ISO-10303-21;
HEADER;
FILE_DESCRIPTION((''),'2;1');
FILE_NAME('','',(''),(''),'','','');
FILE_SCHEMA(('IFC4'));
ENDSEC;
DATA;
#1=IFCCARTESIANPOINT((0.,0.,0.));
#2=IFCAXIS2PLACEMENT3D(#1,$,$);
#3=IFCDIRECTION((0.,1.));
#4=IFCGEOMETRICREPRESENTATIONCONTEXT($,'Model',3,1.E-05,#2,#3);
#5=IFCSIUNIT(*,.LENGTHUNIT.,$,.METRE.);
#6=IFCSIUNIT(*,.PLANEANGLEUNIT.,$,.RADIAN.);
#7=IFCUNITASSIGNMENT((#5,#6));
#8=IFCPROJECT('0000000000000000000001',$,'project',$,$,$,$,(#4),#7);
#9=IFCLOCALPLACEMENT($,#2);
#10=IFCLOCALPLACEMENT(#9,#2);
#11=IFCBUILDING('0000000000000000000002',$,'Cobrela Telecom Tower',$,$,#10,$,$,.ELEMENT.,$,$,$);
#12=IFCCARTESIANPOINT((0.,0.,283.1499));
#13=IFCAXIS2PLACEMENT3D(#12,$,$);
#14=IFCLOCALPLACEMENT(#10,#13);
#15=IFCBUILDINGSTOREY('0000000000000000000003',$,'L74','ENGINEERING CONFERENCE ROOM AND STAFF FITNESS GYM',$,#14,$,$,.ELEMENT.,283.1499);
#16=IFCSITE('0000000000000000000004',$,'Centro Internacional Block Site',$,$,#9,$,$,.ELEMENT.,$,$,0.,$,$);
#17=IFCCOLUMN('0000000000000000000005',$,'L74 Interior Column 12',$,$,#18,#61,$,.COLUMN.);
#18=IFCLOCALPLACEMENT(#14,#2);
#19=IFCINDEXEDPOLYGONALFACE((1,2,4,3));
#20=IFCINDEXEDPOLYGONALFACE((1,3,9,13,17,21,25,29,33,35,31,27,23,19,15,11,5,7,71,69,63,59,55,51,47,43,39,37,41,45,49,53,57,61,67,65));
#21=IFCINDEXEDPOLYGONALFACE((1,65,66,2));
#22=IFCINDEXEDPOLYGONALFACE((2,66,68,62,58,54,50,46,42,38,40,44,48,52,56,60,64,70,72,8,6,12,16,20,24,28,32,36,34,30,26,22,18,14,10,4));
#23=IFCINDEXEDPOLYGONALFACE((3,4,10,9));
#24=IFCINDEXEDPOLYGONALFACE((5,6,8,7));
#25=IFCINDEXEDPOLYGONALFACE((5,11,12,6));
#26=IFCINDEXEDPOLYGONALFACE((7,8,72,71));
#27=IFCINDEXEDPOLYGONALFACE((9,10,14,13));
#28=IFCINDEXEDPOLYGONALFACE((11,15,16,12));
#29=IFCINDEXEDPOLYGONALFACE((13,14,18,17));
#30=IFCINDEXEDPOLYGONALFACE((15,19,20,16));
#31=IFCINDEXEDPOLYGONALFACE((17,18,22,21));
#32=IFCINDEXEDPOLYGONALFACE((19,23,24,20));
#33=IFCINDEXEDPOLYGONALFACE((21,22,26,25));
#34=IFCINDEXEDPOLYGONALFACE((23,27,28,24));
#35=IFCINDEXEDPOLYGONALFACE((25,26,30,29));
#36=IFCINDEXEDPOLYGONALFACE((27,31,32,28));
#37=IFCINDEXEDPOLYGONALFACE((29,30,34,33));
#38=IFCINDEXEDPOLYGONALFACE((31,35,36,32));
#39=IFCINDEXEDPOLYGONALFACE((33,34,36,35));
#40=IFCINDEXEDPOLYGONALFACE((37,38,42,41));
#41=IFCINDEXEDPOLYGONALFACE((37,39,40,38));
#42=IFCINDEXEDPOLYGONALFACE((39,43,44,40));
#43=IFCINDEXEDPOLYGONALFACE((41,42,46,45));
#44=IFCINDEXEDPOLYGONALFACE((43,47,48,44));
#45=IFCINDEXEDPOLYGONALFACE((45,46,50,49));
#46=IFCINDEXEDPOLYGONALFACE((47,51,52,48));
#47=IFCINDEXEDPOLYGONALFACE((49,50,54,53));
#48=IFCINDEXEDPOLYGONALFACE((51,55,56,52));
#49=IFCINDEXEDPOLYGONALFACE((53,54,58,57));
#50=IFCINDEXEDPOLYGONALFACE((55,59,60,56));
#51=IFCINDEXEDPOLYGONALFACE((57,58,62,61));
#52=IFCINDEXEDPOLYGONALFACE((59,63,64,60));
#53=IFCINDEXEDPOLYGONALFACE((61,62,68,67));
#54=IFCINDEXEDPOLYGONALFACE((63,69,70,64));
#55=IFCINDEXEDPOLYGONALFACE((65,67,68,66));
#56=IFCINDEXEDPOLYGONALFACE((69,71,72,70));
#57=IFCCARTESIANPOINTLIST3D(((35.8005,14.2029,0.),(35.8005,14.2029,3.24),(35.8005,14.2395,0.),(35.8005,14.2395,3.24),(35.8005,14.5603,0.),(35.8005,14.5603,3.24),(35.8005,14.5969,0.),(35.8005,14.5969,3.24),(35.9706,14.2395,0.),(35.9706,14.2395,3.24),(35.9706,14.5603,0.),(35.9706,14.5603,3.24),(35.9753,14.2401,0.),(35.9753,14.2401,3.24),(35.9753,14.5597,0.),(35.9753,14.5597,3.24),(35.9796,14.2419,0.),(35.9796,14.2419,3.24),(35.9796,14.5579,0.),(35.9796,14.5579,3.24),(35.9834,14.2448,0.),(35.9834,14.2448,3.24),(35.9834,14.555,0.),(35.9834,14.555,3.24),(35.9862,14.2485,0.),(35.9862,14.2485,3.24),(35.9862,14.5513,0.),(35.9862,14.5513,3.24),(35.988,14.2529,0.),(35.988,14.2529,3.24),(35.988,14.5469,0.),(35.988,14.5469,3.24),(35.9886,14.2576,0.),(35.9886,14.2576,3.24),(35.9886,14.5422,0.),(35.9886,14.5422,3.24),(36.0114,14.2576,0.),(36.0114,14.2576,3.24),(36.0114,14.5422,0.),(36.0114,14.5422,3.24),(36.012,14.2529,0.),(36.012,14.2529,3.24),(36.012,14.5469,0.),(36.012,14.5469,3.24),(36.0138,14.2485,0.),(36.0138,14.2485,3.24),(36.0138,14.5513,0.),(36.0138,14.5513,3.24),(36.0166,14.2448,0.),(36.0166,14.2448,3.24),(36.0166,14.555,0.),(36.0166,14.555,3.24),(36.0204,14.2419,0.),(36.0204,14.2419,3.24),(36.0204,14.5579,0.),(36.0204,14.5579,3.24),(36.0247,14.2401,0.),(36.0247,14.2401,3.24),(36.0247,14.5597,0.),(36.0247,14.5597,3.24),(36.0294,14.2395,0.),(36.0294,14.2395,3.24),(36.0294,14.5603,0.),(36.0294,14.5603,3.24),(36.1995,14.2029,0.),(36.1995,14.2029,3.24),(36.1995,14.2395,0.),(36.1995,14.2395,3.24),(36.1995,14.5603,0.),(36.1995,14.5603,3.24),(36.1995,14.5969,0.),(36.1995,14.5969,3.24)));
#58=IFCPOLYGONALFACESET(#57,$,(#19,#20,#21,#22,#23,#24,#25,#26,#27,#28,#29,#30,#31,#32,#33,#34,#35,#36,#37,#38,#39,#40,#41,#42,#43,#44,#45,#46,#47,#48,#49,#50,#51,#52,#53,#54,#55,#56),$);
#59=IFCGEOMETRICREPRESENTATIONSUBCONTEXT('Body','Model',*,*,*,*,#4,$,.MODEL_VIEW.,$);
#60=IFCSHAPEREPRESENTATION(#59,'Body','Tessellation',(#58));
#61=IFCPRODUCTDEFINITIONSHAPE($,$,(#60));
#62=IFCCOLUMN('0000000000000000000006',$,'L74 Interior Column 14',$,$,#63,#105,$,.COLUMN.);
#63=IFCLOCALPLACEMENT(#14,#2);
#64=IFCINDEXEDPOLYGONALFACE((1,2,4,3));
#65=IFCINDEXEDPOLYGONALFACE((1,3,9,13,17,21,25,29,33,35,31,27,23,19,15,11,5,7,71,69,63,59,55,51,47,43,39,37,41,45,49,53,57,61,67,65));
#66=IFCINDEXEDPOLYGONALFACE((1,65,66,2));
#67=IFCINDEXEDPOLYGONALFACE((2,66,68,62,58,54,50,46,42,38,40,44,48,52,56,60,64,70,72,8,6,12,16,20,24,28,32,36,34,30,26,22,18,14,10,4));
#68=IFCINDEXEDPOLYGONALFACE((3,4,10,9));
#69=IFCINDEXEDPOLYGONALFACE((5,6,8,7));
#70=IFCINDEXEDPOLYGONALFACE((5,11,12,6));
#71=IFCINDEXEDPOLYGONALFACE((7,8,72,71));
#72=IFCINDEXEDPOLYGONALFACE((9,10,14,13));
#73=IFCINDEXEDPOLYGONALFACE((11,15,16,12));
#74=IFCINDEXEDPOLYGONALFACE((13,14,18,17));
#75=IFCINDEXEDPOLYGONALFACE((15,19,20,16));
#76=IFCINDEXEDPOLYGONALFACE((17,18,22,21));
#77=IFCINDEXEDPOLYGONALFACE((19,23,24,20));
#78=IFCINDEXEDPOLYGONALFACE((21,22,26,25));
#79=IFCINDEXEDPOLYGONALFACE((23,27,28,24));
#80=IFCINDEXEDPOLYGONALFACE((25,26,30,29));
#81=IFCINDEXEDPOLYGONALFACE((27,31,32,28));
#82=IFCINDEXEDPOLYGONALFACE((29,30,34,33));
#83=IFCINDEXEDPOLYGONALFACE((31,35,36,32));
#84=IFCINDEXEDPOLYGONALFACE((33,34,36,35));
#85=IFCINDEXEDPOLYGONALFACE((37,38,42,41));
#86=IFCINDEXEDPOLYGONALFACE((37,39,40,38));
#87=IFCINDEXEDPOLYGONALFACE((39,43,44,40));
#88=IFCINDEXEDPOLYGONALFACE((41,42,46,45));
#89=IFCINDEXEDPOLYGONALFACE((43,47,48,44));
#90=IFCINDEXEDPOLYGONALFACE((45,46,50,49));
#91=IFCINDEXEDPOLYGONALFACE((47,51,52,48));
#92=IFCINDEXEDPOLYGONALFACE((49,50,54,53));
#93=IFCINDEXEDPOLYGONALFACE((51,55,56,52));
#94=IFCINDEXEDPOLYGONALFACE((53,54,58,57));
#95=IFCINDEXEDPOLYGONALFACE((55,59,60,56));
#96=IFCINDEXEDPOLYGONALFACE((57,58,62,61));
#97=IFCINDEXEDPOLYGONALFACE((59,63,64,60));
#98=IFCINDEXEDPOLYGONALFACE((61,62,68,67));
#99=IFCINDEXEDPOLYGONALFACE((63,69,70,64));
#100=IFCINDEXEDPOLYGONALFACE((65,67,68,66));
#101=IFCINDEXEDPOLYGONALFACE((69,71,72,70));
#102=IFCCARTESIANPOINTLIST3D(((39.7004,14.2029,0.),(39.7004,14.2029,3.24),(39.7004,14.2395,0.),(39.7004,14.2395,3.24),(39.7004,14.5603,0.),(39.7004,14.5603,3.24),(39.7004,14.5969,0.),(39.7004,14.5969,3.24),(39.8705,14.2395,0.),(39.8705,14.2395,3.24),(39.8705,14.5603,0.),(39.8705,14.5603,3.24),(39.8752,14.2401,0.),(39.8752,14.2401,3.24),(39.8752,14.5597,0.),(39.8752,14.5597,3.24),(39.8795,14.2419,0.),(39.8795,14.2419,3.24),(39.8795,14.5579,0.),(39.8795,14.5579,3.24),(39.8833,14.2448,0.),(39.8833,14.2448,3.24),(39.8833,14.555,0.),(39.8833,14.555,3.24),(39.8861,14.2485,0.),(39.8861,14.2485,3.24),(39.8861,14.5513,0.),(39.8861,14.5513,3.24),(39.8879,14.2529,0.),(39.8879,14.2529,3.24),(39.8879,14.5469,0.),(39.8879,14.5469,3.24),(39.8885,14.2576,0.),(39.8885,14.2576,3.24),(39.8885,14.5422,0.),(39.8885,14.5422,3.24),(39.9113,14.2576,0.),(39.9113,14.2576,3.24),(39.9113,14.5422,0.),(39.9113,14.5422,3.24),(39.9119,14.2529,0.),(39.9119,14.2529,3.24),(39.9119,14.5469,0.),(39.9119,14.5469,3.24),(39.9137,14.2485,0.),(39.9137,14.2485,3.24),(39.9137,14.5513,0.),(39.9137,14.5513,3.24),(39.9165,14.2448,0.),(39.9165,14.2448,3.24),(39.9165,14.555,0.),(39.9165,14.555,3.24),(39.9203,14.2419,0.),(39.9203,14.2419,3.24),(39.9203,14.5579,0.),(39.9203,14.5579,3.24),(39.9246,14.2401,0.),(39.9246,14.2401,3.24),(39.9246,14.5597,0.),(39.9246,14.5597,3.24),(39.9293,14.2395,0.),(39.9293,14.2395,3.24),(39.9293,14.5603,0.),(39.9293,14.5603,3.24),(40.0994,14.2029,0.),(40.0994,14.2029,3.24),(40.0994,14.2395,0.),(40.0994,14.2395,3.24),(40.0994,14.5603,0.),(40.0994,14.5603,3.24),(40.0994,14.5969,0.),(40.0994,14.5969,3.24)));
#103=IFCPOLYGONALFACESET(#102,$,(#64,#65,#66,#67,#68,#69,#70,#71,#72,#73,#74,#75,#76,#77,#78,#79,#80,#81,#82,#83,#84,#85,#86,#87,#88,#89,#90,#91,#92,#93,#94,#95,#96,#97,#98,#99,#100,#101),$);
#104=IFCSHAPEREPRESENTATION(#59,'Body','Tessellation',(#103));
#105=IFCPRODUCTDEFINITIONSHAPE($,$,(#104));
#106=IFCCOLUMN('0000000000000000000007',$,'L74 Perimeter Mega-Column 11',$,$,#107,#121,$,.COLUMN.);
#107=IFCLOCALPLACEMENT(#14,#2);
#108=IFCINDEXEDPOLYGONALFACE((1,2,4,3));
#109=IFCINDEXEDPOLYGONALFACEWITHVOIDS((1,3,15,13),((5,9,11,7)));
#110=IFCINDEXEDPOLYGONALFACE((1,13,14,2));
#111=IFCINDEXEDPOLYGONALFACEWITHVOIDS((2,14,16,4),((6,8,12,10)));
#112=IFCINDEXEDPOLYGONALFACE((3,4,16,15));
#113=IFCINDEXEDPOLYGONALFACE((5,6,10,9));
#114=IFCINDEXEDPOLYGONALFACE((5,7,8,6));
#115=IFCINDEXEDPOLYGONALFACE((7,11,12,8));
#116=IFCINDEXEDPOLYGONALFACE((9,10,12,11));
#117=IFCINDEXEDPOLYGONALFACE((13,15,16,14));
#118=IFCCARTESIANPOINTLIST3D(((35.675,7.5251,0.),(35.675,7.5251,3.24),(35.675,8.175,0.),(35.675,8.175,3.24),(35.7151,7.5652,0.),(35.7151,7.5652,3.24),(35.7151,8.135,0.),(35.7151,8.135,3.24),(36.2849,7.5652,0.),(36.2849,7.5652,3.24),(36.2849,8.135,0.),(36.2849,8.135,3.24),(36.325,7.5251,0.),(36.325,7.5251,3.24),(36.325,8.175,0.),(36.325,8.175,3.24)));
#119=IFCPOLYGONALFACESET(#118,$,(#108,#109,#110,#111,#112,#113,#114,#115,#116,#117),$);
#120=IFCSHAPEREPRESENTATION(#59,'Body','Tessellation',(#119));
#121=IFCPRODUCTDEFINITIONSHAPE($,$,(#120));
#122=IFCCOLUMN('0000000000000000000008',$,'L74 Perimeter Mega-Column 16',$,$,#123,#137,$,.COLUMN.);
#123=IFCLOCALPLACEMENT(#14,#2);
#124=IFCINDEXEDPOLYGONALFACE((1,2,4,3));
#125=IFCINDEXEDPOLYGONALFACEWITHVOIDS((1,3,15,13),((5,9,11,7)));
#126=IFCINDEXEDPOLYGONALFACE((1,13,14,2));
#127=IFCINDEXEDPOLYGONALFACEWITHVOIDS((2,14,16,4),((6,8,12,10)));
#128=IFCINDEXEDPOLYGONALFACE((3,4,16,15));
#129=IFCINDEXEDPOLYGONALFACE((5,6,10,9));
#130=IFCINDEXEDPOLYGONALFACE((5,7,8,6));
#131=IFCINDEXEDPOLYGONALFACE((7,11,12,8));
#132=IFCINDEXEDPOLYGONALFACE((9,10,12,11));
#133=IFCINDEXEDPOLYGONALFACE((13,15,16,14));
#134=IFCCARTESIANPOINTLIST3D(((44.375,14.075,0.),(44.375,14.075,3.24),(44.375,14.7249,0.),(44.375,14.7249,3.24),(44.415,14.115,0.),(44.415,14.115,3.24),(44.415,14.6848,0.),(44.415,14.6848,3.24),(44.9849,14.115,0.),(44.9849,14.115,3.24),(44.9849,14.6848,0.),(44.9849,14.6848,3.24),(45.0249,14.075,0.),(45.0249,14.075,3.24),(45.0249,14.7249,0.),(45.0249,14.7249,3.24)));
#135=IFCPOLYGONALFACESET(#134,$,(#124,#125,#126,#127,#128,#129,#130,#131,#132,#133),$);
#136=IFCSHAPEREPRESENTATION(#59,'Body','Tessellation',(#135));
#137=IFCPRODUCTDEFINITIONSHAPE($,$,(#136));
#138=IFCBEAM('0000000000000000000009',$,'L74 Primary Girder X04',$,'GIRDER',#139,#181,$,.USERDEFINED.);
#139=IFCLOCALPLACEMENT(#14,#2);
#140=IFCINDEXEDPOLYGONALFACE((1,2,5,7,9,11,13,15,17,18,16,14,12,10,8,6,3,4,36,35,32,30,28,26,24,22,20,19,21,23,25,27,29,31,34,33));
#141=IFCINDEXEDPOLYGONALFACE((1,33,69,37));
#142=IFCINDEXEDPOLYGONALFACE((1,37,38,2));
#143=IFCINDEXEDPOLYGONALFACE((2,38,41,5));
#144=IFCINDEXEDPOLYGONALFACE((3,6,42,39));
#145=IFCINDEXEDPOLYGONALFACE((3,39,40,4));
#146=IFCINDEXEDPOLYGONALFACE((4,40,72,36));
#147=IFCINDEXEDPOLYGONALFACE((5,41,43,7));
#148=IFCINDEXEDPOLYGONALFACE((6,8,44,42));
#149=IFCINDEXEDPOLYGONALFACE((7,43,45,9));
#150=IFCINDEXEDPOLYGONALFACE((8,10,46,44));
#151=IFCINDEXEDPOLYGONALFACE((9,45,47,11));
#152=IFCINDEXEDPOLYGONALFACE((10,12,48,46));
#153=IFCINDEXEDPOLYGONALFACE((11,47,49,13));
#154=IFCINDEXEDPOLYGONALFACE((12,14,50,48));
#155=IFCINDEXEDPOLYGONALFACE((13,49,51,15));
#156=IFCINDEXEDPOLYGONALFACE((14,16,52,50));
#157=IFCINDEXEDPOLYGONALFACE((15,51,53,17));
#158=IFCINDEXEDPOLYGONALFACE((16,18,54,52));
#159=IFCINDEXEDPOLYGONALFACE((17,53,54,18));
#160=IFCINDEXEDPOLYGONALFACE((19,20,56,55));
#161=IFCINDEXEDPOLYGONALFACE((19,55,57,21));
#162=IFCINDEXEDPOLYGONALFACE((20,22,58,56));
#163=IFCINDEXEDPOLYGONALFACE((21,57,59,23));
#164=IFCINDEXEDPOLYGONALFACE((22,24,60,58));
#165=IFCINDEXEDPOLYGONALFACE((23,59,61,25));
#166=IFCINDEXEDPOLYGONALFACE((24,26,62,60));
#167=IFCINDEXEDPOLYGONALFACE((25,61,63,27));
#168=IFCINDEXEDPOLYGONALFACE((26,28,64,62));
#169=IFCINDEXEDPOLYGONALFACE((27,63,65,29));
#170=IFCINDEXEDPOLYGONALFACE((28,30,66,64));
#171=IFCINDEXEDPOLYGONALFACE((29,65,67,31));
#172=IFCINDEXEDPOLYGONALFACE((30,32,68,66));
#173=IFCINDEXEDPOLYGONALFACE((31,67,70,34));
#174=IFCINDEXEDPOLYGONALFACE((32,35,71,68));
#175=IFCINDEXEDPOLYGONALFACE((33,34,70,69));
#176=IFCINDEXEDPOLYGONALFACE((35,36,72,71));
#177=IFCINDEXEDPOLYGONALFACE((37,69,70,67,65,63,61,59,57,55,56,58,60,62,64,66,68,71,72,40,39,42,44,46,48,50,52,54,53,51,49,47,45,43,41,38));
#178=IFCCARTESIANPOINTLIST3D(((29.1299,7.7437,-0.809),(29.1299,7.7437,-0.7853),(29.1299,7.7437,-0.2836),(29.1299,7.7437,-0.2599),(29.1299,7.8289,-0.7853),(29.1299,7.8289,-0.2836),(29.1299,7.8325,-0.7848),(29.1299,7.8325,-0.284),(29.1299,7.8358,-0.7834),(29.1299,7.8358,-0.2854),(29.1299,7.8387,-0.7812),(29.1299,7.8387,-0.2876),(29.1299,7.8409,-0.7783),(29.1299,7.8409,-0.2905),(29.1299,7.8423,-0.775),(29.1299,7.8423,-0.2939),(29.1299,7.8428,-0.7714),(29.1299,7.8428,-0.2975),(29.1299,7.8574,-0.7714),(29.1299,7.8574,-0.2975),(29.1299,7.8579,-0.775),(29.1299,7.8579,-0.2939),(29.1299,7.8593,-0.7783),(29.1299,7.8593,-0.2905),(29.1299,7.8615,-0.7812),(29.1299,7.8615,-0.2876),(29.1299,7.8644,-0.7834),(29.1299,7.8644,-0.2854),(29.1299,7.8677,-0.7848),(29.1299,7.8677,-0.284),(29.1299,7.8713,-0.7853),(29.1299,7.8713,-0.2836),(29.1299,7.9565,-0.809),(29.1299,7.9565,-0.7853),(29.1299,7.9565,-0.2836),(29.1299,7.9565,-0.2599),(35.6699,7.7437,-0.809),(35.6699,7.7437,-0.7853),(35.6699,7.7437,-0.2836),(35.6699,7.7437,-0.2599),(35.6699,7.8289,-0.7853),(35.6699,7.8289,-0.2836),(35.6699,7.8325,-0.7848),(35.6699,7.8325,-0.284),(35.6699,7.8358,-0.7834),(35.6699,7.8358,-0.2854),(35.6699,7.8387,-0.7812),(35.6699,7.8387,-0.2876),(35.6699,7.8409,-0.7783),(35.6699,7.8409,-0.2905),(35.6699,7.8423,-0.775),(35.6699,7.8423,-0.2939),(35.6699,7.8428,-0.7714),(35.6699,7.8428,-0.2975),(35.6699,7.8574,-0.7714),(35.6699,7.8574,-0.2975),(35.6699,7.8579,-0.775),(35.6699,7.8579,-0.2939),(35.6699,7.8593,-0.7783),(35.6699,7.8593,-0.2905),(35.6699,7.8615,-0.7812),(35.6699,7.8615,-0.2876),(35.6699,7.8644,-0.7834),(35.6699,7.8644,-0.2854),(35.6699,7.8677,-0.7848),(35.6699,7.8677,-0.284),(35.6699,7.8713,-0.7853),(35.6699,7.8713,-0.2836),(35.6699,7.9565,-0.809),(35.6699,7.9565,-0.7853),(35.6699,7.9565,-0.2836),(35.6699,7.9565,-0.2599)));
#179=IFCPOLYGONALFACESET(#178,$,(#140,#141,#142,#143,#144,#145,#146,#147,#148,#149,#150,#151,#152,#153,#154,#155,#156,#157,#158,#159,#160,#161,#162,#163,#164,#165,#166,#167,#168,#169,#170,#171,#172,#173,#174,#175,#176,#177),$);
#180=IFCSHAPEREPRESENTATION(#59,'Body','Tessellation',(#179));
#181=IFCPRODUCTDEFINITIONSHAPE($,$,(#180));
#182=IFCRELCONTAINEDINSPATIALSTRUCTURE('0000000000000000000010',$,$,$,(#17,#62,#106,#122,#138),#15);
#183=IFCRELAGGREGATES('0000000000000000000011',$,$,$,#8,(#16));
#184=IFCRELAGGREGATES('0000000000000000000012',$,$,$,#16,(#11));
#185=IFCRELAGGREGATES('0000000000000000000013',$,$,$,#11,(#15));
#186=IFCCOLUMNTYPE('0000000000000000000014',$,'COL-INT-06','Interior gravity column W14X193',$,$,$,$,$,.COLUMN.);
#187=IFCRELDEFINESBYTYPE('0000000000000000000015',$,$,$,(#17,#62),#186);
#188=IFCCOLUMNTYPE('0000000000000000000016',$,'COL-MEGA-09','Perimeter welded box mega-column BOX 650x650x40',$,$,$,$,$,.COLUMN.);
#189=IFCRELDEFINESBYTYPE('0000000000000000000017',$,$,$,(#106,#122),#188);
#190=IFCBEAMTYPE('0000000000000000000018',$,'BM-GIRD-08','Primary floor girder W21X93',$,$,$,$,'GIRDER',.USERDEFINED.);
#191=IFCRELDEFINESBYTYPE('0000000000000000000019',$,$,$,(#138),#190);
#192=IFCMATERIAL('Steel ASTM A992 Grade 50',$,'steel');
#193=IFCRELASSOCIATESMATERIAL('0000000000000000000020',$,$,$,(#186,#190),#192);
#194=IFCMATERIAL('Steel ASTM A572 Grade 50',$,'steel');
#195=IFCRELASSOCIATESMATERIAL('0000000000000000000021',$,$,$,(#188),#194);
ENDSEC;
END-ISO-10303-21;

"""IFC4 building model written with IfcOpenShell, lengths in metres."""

from ifc_helpers import new_model, si_unit, direction, frame, origin, origin_2d, place, context, subcontext, project, spatial, hollow_rectangle, i_section, extrude, material, material_profile, profile_set, type_object, element, save


model = new_model("IFC4")

# Units and contexts
model_context = context("Model", 3, precision=1e-05, world=origin(), true_north=direction((0.0, 1.0)))
body_context = subcontext(model_context, "Body", "Model", "MODEL_VIEW")
ifc_project = project(units=[si_unit("LENGTHUNIT", "METRE"), si_unit("PLANEANGLEUNIT", "RADIAN")], contexts=[model_context])

# Site, building, storey
site_placement = place(None, origin())
site = spatial("IfcSite", under=ifc_project, at=site_placement, Name="Centro Internacional Block Site", CompositionType="ELEMENT", RefElevation=0.0)
building_placement = place(site_placement, origin())
building = spatial("IfcBuilding", under=site, at=building_placement, Name="Cobrela Telecom Tower", CompositionType="ELEMENT")
storey_placement = place(building_placement, frame((0.0, 0.0, 283.1499)))
storey = spatial("IfcBuildingStorey", under=building, at=storey_placement, Name="L74", Description="ENGINEERING CONFERENCE ROOM AND STAFF FITNESS GYM", CompositionType="ELEMENT", Elevation=283.1499)

# Columns
ifc_material_1 = material(Name="Steel ASTM A992 Grade 50", Category="steel")
ifc_material_profile_1 = material_profile(ifc_material_1, i_section(OverallWidth=0.3989, OverallDepth=0.394, WebThickness=0.0227, FlangeThickness=0.0366, FilletRadius=0.0181, at=origin_2d()), Name="W14X193")
ifc_profile_set_1 = profile_set([ifc_material_profile_1], Name="Steel ASTM A992 Grade 50")
column_type_1 = type_object("IfcColumnType", Name="COL-INT-06", Description="Interior gravity column W14X193", PredefinedType="COLUMN", material=ifc_profile_set_1)
for number, where, z_axis, x_axis, name in (
    (1, (36.0, 14.3999, 0.0), (0.0, 0.0, 1.0), (1.0, 0.0, 0.0), "L74 Interior Column 12"),
    (2, (39.8999, 14.3999, 0.0), (0.0, 0.0, 1.0), (1.0, 0.0, 0.0), "L74 Interior Column 14"),
):
    element("IfcColumn", number, at=place(storey_placement, frame(where, z_axis=z_axis, x_axis=x_axis)), inside=storey, type_object=column_type_1, Name=name, PredefinedType="COLUMN", context=body_context, shape_type="SweptSolid", body=[
        extrude(i_section(OverallWidth=0.3989, OverallDepth=0.394, WebThickness=0.0227, FlangeThickness=0.0366, FilletRadius=0.0181, at=origin_2d()), origin(), (0.0, 0.0, 1.0), 3.24),
    ])
ifc_material_2 = material(Name="Steel ASTM A572 Grade 50", Category="steel")
ifc_material_profile_2 = material_profile(ifc_material_2, hollow_rectangle(XDim=0.6499, YDim=0.6499, WallThickness=0.04, at=origin_2d()), Name="BOX 650x650x40")
ifc_profile_set_2 = profile_set([ifc_material_profile_2], Name="Steel ASTM A572 Grade 50")
column_type_2 = type_object("IfcColumnType", Name="COL-MEGA-09", Description="Perimeter welded box mega-column BOX 650x650x40", PredefinedType="COLUMN", material=ifc_profile_set_2)
for number, where, z_axis, x_axis, name in (
    (3, (36.0, 7.8501, 0.0), (0.0, 0.0, 1.0), (1.0, 0.0, 0.0), "L74 Perimeter Mega-Column 11"),
    (4, (44.7, 14.3999, 0.0), (0.0, 0.0, 1.0), (1.0, 0.0, 0.0), "L74 Perimeter Mega-Column 16"),
):
    element("IfcColumn", number, at=place(storey_placement, frame(where, z_axis=z_axis, x_axis=x_axis)), inside=storey, type_object=column_type_2, Name=name, PredefinedType="COLUMN", context=body_context, shape_type="SweptSolid", body=[
        extrude(hollow_rectangle(XDim=0.6499, YDim=0.6499, WallThickness=0.04, at=origin_2d()), origin(), (0.0, 0.0, 1.0), 3.24),
    ])

# Beam
ifc_material_profile_3 = material_profile(ifc_material_1, i_section(OverallWidth=0.2129, OverallDepth=0.5491, WebThickness=0.0146, FlangeThickness=0.0237, FilletRadius=0.0139, at=origin_2d()), Name="W21X93")
ifc_profile_set_3 = profile_set([ifc_material_profile_3], Name="Steel ASTM A992 Grade 50")
beam_type_1 = type_object("IfcBeamType", Name="BM-GIRD-08", Description="Primary floor girder W21X93", ElementType="GIRDER", PredefinedType="USERDEFINED", material=ifc_profile_set_3)
beam_1_placement = place(storey_placement, frame((29.1299, 7.8501, -0.5344), z_axis=(1.0, 0.0, 0.0), x_axis=(0.0, 1.0, 0.0)))
element("IfcBeam", 5, at=beam_1_placement, inside=storey, type_object=beam_type_1, Name="L74 Primary Girder X04", ObjectType="GIRDER", PredefinedType="USERDEFINED", context=body_context, shape_type="SweptSolid", body=[
    extrude(i_section(OverallWidth=0.2129, OverallDepth=0.5491, WebThickness=0.0146, FlangeThickness=0.0237, FilletRadius=0.0139, at=origin_2d()), origin(), (0.0, 0.0, 1.0), 6.54),
])

save(model, "model.ifc")
